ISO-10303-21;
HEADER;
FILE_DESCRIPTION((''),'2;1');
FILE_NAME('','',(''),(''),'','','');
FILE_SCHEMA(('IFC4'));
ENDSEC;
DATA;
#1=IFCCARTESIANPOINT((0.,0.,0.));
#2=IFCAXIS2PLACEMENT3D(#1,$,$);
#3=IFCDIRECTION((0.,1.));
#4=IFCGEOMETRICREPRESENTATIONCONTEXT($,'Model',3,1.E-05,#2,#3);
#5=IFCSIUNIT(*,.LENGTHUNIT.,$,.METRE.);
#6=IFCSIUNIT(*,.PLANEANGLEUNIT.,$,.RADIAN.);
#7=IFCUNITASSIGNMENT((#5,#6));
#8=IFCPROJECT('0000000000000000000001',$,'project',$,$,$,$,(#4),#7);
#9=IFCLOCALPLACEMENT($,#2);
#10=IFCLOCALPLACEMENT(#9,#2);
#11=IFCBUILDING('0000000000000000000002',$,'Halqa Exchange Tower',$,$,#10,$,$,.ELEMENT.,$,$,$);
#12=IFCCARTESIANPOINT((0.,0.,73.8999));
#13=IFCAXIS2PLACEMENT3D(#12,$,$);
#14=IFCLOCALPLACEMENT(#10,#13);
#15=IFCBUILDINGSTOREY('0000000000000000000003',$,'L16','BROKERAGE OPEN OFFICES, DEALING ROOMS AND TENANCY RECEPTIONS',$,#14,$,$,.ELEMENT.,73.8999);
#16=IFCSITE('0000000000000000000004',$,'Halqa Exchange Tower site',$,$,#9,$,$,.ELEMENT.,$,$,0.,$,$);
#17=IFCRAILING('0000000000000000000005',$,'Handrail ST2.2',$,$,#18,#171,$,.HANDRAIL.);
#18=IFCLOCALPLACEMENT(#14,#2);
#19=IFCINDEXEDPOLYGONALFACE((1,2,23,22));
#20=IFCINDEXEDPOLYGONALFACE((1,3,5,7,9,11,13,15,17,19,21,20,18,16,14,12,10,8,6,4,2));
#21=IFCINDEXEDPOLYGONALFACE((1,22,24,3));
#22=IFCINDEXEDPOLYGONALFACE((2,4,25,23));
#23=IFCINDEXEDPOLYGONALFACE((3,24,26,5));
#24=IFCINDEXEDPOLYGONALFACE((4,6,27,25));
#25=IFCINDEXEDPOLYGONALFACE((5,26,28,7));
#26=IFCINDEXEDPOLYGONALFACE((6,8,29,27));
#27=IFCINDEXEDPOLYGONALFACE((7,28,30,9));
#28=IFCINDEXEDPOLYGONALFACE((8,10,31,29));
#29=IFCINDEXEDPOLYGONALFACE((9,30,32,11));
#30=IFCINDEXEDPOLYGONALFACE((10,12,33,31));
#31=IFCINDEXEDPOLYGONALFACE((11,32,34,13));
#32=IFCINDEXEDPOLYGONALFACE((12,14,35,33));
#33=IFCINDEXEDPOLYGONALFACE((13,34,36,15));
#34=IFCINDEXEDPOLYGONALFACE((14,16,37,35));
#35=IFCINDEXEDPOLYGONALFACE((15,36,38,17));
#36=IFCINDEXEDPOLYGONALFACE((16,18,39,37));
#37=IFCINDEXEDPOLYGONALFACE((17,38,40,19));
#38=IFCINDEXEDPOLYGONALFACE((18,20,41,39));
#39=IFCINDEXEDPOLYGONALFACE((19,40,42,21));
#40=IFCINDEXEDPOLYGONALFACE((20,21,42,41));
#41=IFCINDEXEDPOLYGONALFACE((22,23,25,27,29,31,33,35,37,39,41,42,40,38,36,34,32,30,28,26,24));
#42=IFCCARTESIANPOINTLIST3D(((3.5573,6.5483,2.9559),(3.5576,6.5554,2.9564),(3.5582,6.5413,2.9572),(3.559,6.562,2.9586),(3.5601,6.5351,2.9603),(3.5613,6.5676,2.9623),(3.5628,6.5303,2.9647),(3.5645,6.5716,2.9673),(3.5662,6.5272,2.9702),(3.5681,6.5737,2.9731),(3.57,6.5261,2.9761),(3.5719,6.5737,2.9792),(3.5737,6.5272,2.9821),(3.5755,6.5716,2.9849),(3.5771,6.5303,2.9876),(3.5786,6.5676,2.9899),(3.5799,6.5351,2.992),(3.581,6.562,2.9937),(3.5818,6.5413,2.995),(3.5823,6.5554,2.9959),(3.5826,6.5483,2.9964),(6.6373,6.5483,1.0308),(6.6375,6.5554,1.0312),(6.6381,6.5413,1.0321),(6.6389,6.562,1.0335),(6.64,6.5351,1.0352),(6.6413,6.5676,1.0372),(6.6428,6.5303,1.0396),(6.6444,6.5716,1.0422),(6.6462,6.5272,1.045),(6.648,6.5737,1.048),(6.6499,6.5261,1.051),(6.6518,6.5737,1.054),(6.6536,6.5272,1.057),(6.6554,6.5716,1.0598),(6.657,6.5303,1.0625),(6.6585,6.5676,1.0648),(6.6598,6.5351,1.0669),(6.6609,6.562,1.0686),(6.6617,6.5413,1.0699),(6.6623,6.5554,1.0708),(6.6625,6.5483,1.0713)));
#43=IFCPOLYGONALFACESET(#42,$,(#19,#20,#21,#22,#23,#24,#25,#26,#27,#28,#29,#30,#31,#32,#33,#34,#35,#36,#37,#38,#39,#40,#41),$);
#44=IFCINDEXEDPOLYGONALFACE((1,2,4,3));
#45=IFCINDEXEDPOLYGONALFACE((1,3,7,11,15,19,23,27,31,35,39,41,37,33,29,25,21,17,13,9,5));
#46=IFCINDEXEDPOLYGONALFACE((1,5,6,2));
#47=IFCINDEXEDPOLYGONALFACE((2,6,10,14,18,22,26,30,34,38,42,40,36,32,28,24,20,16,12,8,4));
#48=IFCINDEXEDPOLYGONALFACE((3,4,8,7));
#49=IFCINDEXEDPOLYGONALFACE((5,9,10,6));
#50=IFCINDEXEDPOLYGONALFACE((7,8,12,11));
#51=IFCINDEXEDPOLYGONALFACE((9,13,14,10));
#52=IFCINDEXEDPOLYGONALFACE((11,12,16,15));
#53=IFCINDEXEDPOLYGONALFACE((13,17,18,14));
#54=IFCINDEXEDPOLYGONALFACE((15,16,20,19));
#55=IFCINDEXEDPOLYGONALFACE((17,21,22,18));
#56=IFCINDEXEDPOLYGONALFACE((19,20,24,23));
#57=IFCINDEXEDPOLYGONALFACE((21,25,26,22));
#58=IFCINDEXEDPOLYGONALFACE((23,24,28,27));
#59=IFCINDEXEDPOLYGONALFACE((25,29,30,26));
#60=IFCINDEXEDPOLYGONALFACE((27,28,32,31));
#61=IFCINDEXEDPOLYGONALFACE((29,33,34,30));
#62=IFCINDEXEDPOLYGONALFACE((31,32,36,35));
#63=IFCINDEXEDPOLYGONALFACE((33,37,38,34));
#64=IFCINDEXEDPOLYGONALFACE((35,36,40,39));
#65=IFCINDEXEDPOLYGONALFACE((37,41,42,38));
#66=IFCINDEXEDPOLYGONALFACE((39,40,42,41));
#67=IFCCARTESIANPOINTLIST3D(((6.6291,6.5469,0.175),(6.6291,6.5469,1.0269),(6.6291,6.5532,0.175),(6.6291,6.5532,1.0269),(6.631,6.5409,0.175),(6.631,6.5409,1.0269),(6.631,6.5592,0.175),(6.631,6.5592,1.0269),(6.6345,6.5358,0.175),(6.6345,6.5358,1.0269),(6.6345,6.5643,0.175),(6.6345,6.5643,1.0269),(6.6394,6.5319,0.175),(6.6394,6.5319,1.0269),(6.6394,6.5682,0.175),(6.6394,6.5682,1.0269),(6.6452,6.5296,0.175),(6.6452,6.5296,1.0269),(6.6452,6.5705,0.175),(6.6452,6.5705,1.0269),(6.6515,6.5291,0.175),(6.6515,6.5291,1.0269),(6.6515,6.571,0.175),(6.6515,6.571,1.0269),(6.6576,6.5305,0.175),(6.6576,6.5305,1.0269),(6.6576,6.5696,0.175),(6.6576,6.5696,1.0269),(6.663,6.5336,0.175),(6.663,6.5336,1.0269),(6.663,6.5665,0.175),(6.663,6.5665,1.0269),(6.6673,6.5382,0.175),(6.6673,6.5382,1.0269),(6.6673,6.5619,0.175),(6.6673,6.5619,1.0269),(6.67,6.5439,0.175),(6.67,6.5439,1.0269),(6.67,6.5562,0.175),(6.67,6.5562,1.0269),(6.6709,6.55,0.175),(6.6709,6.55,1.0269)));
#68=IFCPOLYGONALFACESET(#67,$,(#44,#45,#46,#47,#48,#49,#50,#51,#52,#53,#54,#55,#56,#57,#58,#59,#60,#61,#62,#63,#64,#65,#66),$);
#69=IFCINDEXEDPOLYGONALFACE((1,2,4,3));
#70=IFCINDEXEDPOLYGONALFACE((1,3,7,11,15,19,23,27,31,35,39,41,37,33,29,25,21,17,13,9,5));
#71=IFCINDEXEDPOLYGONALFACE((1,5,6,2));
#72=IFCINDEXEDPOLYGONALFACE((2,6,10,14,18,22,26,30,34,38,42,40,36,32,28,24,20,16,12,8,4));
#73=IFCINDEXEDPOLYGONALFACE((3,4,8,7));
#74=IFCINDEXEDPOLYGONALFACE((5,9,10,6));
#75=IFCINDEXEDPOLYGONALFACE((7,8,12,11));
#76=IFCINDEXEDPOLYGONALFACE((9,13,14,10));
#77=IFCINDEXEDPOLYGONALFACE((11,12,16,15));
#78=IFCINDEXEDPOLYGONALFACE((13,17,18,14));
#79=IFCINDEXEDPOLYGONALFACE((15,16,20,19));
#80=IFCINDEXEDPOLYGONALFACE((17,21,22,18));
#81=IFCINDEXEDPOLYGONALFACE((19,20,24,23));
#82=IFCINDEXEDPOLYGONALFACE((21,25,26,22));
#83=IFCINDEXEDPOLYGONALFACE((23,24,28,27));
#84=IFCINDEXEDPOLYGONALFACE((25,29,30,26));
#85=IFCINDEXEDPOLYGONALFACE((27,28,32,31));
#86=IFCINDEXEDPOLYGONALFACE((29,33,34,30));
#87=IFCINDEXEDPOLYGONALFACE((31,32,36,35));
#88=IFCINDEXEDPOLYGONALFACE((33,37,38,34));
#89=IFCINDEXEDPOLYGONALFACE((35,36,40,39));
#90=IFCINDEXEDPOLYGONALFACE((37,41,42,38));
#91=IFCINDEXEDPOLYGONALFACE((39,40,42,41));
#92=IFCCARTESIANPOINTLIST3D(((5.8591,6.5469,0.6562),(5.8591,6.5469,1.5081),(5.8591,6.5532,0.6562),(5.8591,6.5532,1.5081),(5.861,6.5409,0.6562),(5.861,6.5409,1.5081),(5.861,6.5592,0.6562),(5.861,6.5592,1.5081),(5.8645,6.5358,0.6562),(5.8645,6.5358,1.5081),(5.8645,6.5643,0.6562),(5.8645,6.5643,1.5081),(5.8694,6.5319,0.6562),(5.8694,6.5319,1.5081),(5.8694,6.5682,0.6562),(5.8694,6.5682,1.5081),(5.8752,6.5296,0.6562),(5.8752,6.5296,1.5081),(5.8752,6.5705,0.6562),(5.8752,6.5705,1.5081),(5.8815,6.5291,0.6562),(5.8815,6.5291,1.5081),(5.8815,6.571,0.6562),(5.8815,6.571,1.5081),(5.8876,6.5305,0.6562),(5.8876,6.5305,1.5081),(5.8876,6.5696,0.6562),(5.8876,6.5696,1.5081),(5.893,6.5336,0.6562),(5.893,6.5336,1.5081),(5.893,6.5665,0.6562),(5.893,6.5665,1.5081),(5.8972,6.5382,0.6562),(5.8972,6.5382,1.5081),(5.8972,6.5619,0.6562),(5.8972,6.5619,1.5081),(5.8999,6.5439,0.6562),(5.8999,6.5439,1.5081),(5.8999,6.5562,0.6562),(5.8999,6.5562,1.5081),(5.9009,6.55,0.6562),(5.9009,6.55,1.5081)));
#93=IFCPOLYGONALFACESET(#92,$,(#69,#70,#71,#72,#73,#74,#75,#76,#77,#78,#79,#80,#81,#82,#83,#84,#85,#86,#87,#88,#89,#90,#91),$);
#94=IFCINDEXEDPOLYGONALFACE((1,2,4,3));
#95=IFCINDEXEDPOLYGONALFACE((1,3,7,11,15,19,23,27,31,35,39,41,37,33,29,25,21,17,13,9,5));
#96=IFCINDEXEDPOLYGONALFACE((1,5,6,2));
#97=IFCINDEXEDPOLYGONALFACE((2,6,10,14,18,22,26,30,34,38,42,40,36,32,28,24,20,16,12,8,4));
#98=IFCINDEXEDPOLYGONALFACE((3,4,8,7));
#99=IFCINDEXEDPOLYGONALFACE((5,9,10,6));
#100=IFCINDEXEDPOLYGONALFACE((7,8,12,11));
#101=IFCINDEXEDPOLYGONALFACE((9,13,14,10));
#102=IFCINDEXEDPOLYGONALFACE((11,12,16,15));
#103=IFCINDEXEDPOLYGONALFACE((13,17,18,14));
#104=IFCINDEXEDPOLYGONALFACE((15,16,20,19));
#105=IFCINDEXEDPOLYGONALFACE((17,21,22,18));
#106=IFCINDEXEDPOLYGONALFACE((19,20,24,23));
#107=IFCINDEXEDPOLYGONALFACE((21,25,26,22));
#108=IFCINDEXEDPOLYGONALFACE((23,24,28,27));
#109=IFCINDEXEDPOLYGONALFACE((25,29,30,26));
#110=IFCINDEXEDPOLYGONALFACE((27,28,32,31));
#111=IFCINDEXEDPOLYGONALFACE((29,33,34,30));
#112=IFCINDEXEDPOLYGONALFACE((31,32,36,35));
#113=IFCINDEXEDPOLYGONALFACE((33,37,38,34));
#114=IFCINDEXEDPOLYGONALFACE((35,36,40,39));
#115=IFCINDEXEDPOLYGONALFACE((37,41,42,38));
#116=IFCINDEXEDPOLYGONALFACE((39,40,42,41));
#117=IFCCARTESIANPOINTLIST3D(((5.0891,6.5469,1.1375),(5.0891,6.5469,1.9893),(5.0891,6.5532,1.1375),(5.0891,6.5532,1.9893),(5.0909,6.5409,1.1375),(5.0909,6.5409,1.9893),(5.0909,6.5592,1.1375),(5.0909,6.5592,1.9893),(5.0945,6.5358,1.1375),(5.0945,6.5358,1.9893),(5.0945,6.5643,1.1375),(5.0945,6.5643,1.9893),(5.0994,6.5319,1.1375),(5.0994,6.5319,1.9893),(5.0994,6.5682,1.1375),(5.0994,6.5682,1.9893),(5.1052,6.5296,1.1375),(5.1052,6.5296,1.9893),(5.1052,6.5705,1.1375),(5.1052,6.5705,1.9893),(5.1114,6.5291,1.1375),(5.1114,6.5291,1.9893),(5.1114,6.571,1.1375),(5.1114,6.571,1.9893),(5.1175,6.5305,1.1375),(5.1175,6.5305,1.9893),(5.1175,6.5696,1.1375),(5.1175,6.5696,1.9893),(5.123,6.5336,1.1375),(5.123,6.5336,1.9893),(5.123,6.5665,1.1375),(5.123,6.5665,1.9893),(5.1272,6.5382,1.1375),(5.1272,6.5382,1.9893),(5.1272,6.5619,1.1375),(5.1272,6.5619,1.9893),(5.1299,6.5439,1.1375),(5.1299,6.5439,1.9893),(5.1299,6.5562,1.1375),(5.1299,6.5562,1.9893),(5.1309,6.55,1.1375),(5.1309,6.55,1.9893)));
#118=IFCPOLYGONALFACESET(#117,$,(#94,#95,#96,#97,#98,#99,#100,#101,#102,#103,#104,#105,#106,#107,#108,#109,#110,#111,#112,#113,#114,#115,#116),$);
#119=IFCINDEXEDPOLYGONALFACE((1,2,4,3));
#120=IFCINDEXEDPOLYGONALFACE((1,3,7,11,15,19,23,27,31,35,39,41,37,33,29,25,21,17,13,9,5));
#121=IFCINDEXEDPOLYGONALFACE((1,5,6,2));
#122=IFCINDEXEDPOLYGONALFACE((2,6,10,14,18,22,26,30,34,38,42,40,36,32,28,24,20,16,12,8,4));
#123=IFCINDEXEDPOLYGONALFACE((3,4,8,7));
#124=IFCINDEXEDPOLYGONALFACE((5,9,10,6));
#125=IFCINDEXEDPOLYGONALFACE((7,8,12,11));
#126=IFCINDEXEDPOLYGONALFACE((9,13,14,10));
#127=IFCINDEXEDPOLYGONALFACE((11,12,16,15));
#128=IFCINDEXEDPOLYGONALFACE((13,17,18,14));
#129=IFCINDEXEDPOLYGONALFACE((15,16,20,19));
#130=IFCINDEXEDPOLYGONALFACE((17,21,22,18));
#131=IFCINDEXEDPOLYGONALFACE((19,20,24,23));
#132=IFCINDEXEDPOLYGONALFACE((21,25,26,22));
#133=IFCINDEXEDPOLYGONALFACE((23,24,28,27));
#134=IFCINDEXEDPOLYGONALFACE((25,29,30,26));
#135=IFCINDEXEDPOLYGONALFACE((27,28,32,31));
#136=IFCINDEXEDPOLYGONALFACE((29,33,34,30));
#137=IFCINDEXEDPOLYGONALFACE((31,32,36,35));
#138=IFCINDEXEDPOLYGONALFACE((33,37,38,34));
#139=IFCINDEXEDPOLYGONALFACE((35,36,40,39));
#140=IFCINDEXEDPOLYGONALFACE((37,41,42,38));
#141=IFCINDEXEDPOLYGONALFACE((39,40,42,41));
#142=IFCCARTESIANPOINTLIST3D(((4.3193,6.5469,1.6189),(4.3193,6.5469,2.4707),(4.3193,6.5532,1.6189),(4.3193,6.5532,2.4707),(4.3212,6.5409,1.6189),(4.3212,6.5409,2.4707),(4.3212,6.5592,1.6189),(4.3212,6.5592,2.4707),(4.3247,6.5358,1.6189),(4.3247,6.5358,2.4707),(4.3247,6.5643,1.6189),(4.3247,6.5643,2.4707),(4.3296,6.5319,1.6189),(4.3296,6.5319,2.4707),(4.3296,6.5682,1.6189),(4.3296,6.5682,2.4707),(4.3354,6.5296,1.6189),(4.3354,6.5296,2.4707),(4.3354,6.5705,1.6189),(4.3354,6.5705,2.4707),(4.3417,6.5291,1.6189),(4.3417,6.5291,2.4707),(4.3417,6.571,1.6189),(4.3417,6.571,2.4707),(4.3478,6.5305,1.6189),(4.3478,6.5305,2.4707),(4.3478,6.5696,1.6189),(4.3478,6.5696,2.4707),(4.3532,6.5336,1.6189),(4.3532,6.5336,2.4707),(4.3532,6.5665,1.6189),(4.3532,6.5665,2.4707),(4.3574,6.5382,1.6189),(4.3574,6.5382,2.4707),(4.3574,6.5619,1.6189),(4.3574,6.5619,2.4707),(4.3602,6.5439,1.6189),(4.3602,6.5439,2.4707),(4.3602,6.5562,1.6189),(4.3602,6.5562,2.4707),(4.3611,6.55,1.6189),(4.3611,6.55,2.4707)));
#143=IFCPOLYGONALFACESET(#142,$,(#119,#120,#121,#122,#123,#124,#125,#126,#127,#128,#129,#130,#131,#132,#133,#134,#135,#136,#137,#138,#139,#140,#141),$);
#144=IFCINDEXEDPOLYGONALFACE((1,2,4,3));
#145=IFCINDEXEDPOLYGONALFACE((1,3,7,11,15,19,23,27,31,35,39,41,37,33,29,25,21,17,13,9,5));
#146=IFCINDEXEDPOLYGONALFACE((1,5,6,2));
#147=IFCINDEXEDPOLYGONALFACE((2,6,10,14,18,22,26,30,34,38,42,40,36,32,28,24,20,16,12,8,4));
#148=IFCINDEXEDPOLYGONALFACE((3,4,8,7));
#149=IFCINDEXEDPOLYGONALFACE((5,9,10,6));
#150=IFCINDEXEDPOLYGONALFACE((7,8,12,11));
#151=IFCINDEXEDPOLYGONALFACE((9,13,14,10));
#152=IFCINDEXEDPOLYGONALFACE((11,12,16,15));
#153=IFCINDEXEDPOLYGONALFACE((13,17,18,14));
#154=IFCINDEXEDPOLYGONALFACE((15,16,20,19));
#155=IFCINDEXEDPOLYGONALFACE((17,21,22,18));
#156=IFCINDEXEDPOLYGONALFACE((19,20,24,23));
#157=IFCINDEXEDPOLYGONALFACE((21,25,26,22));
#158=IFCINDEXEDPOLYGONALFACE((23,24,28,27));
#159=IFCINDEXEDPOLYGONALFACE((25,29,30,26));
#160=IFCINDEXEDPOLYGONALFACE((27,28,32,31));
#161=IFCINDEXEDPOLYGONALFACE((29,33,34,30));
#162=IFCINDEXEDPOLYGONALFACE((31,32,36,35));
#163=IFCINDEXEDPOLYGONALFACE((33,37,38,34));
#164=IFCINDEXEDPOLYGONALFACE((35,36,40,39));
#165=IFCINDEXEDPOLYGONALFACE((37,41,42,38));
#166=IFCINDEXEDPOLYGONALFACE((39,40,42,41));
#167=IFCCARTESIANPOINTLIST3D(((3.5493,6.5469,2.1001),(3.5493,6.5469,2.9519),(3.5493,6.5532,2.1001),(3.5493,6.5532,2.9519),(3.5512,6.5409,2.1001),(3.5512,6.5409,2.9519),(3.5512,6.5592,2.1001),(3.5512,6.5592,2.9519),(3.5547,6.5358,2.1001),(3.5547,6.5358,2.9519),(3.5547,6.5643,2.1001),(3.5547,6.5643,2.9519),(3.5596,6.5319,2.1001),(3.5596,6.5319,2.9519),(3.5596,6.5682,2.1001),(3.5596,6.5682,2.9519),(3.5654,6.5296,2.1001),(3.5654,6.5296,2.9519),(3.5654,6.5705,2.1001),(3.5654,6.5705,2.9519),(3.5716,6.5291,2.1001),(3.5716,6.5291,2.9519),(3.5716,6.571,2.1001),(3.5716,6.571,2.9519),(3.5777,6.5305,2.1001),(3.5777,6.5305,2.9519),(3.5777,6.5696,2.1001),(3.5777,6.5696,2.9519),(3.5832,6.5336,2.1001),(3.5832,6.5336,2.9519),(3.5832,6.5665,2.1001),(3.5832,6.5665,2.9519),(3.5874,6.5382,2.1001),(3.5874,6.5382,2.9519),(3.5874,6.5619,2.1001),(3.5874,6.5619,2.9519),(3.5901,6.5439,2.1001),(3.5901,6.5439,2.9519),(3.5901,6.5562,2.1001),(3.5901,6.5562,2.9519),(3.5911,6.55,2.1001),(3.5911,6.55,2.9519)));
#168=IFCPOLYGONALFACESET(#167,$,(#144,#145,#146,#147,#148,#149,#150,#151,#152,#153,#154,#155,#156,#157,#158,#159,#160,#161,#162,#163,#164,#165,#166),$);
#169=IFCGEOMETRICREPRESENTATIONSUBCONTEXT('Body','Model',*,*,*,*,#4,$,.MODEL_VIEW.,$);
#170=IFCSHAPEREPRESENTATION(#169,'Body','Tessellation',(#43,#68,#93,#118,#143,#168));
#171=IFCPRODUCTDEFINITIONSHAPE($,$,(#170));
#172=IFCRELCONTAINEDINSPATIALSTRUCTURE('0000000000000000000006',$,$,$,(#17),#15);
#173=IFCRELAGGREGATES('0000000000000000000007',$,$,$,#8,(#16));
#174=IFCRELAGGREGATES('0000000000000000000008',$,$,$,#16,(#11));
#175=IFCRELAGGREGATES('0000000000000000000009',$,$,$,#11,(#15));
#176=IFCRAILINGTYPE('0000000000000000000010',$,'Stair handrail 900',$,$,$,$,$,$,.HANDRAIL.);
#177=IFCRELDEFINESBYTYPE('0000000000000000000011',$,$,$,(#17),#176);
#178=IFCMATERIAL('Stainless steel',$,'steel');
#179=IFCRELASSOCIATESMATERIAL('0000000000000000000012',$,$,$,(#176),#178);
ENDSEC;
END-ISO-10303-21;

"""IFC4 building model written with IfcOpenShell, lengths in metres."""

from ifc_helpers import new_model, si_unit, direction, frame, origin, origin_2d, place, context, subcontext, project, spatial, circle, extrude, material, type_object, element, save


model = new_model("IFC4")

# Units and contexts
model_context = context("Model", 3, precision=1e-05, world=origin(), true_north=direction((0.0, 1.0)))
body_context = subcontext(model_context, "Body", "Model", "MODEL_VIEW")
ifc_project = project(units=[si_unit("LENGTHUNIT", "METRE"), si_unit("PLANEANGLEUNIT", "RADIAN")], contexts=[model_context])

# Site, building, storey
site_placement = place(None, origin())
site = spatial("IfcSite", under=ifc_project, at=site_placement, Name="Halqa Exchange Tower site", CompositionType="ELEMENT", RefElevation=0.0)
building_placement = place(site_placement, origin())
building = spatial("IfcBuilding", under=site, at=building_placement, Name="Halqa Exchange Tower", CompositionType="ELEMENT")
storey_placement = place(building_placement, frame((0.0, 0.0, 73.8999)))
storey = spatial("IfcBuildingStorey", under=building, at=storey_placement, Name="L16", Description="BROKERAGE OPEN OFFICES, DEALING ROOMS AND TENANCY RECEPTIONS", CompositionType="ELEMENT", Elevation=73.8999)

# Railing
ifc_material_1 = material(Name="Stainless steel", Category="steel")
railing_type_1 = type_object("IfcRailingType", Name="Stair handrail 900", PredefinedType="HANDRAIL", material=ifc_material_1)
railing_1_placement = place(storey_placement, frame((6.6499, 6.55, 0.175)))
element("IfcRailing", 1, at=railing_1_placement, inside=storey, type_object=railing_type_1, Name="Handrail ST2.2", PredefinedType="HANDRAIL", context=body_context, shape_type="SweptSolid", body=[
    extrude(circle(Radius=0.0239, at=origin_2d()), frame((0.0, 0.0, 0.876), z_axis=(-0.847979, 0.0, 0.530029), x_axis=(0.0, -1.0, 0.0)), (0.0, 0.0, 1.0), 3.6321),
    extrude(circle(Radius=0.021, at=origin_2d()), origin(), (0.0, 0.0, 1.0), 0.8518),
    extrude(circle(Radius=0.021, at=origin_2d()), frame((-0.77, 0.0, 0.4812)), (0.0, 0.0, 1.0), 0.8518),
    extrude(circle(Radius=0.021, at=origin_2d()), frame((-1.54, 0.0, 0.9624)), (0.0, 0.0, 1.0), 0.8518),
    extrude(circle(Radius=0.021, at=origin_2d()), frame((-2.3098, 0.0, 1.4438)), (0.0, 0.0, 1.0), 0.8518),
    extrude(circle(Radius=0.021, at=origin_2d()), frame((-3.0798, 0.0, 1.925)), (0.0, 0.0, 1.0), 0.8518),
])

save(model, "model.ifc")
